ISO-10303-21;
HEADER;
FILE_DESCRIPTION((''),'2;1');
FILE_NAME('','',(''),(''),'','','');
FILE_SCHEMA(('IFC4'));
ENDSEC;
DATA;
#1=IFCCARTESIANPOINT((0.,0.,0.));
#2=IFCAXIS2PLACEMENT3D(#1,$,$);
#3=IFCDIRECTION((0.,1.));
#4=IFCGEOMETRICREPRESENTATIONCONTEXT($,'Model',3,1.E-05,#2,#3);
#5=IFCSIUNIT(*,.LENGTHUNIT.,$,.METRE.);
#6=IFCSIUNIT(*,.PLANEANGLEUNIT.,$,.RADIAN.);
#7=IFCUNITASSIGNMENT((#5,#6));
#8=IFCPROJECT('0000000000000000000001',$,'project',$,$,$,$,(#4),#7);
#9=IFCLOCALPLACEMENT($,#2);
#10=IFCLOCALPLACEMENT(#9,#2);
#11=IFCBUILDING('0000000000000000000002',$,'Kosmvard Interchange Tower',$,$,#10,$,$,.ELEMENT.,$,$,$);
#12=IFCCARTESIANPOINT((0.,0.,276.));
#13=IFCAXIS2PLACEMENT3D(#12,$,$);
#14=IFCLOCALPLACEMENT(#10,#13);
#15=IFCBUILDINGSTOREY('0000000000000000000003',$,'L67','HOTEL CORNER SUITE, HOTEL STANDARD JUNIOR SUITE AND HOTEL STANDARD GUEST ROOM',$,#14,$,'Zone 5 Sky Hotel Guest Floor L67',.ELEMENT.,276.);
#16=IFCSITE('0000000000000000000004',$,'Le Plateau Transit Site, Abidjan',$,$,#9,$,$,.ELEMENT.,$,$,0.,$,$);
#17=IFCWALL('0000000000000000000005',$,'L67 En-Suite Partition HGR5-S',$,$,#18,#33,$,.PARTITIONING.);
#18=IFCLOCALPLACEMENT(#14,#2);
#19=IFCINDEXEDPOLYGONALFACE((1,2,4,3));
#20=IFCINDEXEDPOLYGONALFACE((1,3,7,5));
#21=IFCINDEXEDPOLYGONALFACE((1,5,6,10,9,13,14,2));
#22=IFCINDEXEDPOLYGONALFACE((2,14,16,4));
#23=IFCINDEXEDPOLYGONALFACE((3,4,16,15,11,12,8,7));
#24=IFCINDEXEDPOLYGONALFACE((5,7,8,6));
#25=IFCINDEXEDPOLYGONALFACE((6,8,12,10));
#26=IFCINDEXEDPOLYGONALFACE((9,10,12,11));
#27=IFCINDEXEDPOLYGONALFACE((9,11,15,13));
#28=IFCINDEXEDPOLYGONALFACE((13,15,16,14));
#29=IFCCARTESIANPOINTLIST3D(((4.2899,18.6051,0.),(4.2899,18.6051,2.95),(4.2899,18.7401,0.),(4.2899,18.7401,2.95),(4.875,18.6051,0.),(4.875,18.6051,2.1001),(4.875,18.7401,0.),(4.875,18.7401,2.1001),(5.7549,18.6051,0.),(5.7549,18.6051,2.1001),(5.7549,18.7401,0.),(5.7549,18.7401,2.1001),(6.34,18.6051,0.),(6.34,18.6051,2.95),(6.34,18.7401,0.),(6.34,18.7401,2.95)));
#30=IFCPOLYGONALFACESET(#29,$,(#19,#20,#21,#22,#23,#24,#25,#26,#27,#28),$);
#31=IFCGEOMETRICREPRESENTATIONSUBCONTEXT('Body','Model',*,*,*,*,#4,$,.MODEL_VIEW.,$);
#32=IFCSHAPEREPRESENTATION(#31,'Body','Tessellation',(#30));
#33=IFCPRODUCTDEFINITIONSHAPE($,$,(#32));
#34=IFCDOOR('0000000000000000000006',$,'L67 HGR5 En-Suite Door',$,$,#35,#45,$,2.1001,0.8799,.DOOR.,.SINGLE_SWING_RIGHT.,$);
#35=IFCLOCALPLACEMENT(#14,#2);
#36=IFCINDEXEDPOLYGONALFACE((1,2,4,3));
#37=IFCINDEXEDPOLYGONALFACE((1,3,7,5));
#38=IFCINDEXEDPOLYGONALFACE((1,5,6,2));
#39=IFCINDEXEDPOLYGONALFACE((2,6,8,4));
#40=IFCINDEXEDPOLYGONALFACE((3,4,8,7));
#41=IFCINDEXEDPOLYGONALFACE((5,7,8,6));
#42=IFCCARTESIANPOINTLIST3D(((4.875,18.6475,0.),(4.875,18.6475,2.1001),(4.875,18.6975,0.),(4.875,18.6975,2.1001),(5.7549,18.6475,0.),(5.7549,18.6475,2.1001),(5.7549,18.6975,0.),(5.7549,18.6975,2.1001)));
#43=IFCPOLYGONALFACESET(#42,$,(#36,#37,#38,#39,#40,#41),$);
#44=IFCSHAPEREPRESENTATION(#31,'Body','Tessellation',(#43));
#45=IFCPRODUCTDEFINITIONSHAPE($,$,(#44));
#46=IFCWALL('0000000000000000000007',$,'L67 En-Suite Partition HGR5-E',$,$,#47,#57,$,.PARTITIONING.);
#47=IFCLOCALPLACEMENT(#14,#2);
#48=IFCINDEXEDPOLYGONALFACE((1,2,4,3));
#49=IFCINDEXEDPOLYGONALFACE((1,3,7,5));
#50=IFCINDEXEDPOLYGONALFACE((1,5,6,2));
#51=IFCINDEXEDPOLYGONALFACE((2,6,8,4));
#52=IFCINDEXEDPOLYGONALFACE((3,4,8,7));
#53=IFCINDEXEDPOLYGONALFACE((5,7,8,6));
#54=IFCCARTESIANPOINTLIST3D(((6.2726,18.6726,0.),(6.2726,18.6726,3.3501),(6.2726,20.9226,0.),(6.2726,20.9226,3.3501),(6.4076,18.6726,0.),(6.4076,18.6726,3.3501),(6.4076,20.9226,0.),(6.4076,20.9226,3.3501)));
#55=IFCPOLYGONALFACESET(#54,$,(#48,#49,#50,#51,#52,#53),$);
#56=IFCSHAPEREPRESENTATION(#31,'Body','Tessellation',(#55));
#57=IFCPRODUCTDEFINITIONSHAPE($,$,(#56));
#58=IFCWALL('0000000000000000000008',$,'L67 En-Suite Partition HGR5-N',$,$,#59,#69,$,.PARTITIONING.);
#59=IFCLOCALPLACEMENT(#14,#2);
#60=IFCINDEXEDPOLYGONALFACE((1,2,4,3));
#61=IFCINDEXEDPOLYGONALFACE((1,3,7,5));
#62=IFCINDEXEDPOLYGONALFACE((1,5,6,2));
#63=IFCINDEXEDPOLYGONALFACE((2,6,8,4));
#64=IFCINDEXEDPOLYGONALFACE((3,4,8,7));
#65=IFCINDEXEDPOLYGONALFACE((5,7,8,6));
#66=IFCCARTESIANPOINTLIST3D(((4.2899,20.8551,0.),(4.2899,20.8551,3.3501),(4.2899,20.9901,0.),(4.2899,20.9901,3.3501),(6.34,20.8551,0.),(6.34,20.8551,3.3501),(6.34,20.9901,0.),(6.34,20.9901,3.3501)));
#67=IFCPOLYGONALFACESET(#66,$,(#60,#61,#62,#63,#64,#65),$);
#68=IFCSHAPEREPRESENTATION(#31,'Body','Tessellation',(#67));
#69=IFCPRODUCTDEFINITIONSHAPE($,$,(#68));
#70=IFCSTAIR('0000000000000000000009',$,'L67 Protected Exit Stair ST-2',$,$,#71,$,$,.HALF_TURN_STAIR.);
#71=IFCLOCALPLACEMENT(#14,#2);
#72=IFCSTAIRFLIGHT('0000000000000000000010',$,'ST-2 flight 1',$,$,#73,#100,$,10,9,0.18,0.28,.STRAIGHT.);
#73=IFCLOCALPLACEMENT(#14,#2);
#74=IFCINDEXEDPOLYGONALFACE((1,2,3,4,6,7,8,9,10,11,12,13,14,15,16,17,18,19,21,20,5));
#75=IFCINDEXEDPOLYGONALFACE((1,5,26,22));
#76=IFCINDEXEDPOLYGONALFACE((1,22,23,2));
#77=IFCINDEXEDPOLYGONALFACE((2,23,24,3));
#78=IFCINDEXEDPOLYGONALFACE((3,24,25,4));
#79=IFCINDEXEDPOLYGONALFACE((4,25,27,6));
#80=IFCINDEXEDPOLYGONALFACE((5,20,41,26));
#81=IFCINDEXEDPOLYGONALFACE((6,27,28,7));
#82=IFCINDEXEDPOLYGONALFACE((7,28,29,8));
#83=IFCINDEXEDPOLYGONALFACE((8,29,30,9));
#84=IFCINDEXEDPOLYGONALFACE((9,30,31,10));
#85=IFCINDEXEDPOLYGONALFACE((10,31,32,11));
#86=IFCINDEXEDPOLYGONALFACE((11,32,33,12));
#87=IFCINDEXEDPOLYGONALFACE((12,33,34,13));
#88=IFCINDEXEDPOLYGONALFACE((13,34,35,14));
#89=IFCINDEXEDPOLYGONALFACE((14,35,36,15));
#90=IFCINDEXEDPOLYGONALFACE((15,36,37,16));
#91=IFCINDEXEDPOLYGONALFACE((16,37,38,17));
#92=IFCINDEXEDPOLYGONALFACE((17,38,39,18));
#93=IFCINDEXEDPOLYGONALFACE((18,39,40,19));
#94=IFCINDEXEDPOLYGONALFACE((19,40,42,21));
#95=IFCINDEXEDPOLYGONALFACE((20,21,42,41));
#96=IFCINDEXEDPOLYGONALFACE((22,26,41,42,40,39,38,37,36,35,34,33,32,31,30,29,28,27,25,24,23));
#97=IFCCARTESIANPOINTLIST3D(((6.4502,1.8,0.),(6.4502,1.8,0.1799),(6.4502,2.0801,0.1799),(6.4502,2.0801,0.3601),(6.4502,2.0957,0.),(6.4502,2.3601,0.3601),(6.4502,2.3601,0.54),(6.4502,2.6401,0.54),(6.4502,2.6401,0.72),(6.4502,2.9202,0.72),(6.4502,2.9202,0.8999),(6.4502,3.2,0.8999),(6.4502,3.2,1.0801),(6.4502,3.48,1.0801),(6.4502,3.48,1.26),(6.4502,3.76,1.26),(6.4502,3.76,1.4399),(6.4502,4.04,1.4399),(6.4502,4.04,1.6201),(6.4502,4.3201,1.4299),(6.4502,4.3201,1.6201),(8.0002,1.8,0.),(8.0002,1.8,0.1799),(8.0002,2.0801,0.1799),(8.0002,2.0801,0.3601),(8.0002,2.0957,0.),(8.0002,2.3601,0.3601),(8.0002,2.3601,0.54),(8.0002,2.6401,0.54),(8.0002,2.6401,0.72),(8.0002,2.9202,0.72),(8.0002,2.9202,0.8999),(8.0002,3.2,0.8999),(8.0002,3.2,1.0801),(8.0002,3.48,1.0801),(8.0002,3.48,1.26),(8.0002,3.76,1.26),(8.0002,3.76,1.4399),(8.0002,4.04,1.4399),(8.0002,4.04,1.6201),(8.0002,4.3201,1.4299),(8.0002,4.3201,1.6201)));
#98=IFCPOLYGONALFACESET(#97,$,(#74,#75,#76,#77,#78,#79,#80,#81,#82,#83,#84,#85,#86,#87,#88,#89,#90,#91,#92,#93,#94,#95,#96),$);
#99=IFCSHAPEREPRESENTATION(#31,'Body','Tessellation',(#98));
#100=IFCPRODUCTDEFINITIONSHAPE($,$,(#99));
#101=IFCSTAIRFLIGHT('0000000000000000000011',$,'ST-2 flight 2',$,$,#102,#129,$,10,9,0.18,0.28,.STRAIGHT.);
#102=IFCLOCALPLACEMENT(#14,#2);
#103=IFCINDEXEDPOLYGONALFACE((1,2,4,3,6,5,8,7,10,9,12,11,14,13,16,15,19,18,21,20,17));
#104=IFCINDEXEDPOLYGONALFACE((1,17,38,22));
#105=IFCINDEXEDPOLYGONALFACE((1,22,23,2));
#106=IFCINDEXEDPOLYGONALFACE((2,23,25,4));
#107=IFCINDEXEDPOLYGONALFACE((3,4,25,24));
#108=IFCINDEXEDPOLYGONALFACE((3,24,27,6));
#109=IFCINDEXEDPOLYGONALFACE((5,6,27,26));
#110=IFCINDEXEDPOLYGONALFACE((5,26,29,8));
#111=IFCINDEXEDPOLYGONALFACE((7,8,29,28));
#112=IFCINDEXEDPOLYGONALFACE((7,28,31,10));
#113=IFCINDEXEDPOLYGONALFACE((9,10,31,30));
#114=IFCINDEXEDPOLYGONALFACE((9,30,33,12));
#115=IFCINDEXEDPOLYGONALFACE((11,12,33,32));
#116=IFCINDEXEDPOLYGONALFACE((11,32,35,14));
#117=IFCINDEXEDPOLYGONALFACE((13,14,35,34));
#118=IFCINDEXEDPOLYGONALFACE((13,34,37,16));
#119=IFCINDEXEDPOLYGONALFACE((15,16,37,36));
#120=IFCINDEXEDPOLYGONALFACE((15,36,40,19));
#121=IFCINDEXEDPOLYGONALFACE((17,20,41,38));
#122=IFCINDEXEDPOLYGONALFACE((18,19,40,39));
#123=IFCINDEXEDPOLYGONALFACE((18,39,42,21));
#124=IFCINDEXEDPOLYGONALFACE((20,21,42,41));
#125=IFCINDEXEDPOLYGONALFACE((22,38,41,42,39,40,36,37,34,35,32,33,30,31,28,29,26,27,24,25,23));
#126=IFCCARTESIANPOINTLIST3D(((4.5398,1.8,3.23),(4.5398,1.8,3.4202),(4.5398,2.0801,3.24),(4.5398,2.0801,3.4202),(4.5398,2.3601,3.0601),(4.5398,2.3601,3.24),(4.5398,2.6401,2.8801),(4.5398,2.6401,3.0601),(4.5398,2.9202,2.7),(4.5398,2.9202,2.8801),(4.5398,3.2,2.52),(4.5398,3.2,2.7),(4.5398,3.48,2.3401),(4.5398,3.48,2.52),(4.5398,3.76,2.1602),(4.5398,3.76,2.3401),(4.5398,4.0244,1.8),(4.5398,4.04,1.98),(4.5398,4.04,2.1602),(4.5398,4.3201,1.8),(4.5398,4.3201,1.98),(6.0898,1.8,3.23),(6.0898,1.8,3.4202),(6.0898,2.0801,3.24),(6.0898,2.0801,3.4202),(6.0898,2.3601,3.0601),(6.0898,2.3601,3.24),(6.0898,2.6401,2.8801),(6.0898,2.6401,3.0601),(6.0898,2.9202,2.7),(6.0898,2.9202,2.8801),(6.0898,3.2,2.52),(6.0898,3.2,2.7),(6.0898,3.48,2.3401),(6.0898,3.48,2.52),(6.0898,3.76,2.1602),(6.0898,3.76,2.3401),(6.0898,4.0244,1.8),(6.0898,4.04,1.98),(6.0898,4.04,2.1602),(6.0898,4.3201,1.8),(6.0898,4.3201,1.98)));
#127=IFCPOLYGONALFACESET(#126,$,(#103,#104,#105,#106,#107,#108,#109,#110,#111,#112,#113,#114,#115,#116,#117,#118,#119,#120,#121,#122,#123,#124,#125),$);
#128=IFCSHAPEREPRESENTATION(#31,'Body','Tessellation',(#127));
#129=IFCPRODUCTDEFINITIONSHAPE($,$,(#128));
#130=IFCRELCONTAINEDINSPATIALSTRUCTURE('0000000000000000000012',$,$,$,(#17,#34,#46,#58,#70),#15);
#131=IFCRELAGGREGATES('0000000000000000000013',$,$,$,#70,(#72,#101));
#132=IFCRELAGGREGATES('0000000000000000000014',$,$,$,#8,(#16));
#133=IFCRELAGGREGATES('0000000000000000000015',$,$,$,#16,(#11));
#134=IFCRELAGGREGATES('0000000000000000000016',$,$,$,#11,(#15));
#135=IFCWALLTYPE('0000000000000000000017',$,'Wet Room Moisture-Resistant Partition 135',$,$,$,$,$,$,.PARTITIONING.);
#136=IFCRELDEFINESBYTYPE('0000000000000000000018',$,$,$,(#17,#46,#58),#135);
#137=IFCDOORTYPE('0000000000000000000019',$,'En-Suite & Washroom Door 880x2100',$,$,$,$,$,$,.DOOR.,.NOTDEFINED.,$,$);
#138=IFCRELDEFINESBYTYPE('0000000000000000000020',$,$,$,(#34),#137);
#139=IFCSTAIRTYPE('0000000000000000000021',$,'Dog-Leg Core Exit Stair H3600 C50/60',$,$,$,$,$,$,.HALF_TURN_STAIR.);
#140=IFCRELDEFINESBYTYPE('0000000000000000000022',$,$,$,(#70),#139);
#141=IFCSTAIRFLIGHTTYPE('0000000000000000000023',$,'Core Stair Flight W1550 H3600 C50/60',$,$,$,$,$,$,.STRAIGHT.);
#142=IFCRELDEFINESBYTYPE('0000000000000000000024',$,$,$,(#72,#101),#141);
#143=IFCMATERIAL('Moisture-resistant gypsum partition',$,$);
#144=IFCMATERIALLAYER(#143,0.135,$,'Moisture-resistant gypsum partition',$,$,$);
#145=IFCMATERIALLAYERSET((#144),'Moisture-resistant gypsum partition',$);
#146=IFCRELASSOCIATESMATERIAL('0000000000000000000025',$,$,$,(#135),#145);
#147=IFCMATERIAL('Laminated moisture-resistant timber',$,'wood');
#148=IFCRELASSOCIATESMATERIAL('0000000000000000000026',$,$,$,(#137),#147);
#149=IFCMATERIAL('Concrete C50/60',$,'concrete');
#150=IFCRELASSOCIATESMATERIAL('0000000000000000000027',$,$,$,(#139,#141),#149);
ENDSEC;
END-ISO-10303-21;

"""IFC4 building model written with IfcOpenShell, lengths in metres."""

from ifc_helpers import new_model, si_unit, direction, frame, frame_2d, origin, place, context, subcontext, project, spatial, polyline, rectangle, outline, extrude, source, transform, mapped, material, layer, layer_set, type_object, element, fill, aggregate, save


model = new_model("IFC4")

# Units and contexts
model_context = context("Model", 3, precision=1e-05, world=origin(), true_north=direction((0.0, 1.0)))
body_context = subcontext(model_context, "Body", "Model", "MODEL_VIEW")
ifc_project = project(units=[si_unit("LENGTHUNIT", "METRE"), si_unit("PLANEANGLEUNIT", "RADIAN")], contexts=[model_context])

# Site, building, storey
site_placement = place(None, origin())
site = spatial("IfcSite", under=ifc_project, at=site_placement, Name="Le Plateau Transit Site, Abidjan", CompositionType="ELEMENT", RefElevation=0.0)
building_placement = place(site_placement, origin())
building = spatial("IfcBuilding", under=site, at=building_placement, Name="Kosmvard Interchange Tower", CompositionType="ELEMENT")
storey_placement = place(building_placement, frame((0.0, 0.0, 276.0)))
storey = spatial("IfcBuildingStorey", under=building, at=storey_placement, Name="L67", Description="HOTEL CORNER SUITE, HOTEL STANDARD JUNIOR SUITE AND HOTEL STANDARD GUEST ROOM", LongName="Zone 5 Sky Hotel Guest Floor L67", CompositionType="ELEMENT", Elevation=276.0)

# Shared definitions
ifc_material_1 = material(Name="Concrete C50/60", Category="concrete")

# Shared definitions
ifc_material_2 = material(Name="Moisture-resistant gypsum partition")
ifc_layer_1 = layer(ifc_material_2, 0.135, Name="Moisture-resistant gypsum partition")
ifc_layer_set_1 = layer_set([ifc_layer_1], Name="Moisture-resistant gypsum partition")
wall_type_1 = type_object("IfcWallType", Name="Wet Room Moisture-Resistant Partition 135", PredefinedType="PARTITIONING", material=ifc_layer_set_1)

# Wall, opening, door
wall_1_placement = place(storey_placement, frame((4.29, 18.6726, 0.0), z_axis=(0.0, 0.0, 1.0), x_axis=(1.0, 0.0, 0.0)))
wall_1 = element("IfcWall", 1, at=wall_1_placement, inside=storey, type_object=wall_type_1, Name="L67 En-Suite Partition HGR5-S", PredefinedType="PARTITIONING", context=body_context, shape_type="SweptSolid", body=[
    extrude(rectangle(XDim=2.05, YDim=0.135, at=frame_2d((1.0249, 0.0))), origin(), (0.0, 0.0, 1.0), 2.95),
])
opening_placement = place(wall_1_placement, frame((0.585, 0.0, 0.0)))
opening = element("IfcOpeningElement", 2, at=opening_placement, cuts=wall_1, PredefinedType="OPENING", context=body_context, shape_type="SweptSolid", body=[
    extrude(rectangle(XDim=0.8799, YDim=2.1001, at=frame_2d((0.4399, 1.05))), frame((0.0, 0.0776, 0.0), z_axis=(0.0, -1.0, 0.0), x_axis=(1.0, 0.0, 0.0)), (0.0, 0.0, 1.0), 0.155),
])
ifc_material_3 = material(Name="Laminated moisture-resistant timber", Category="wood")
door_type = type_object("IfcDoorType", Name="En-Suite & Washroom Door 880x2100", OperationType="NOTDEFINED", PredefinedType="DOOR", material=ifc_material_3)
shared_shape_1 = source(origin(), body_context, "Body", "SweptSolid", [
    extrude(rectangle(XDim=0.8799, YDim=2.1001, at=frame_2d((0.4399, 1.05))), frame((0.0, 0.0249, 0.0), z_axis=(0.0, -1.0, 0.0), x_axis=(1.0, 0.0, 0.0)), (0.0, 0.0, 1.0), 0.05),
])
door_placement = place(opening_placement, origin())
door = element("IfcDoor", 3, at=door_placement, inside=storey, type_object=door_type, Name="L67 HGR5 En-Suite Door", OperationType="SINGLE_SWING_RIGHT", OverallHeight=2.1001, OverallWidth=0.8799, PredefinedType="DOOR", context=body_context, shape_type="MappedRepresentation", body=[
    mapped(shared_shape_1, transform((0.0, 0.0, 0.0), scale=1.0)),
])
fill(opening, door)

# Walls
wall_2_placement = place(storey_placement, frame((6.3401, 18.6726, 0.0), z_axis=(0.0, 0.0, 1.0), x_axis=(0.0, 1.0, 0.0)))
element("IfcWall", 4, at=wall_2_placement, inside=storey, type_object=wall_type_1, Name="L67 En-Suite Partition HGR5-E", PredefinedType="PARTITIONING", context=body_context, shape_type="SweptSolid", body=[
    extrude(rectangle(XDim=2.25, YDim=0.135, at=frame_2d((1.125, 0.0))), origin(), (0.0, 0.0, 1.0), 3.3501),
])
wall_3_placement = place(storey_placement, frame((4.29, 20.9226, 0.0), z_axis=(0.0, 0.0, 1.0), x_axis=(1.0, 0.0, 0.0)))
element("IfcWall", 5, at=wall_3_placement, inside=storey, type_object=wall_type_1, Name="L67 En-Suite Partition HGR5-N", PredefinedType="PARTITIONING", context=body_context, shape_type="SweptSolid", body=[
    extrude(rectangle(XDim=2.05, YDim=0.135, at=frame_2d((1.0249, 0.0))), origin(), (0.0, 0.0, 1.0), 3.3501),
])

# Stair, stair flights
stair_type = type_object("IfcStairType", Name="Dog-Leg Core Exit Stair H3600 C50/60", PredefinedType="HALF_TURN_STAIR", material=ifc_material_1)
stair_placement = place(storey_placement, origin())
stair = element("IfcStair", 6, at=stair_placement, inside=storey, type_object=stair_type, Name="L67 Protected Exit Stair ST-2", PredefinedType="HALF_TURN_STAIR")
stair_flight_type = type_object("IfcStairFlightType", Name="Core Stair Flight W1550 H3600 C50/60", PredefinedType="STRAIGHT", material=ifc_material_1)
shared_shape_2 = source(origin(), body_context, "Body", "SweptSolid", [
    extrude(outline(polyline([(0.0, 0.0), (0.0, 0.1799), (0.28, 0.1799), (0.28, 0.3601), (0.5601, 0.3601), (0.5601, 0.54), (0.8401, 0.54), (0.8401, 0.72), (1.1201, 0.72), (1.1201, 0.8999), (1.3999, 0.8999), (1.3999, 1.0801), (1.6799, 1.0801), (1.6799, 1.26), (1.96, 1.26), (1.96, 1.4399), (2.24, 1.4399), (2.24, 1.6201), (2.52, 1.6201), (2.52, 1.8), (2.52, 1.4299), (0.2957, 0.0), (0.0, 0.0)])), frame((0.0, 0.7749, 0.0), z_axis=(0.0, -1.0, 0.0), x_axis=(1.0, 0.0, 0.0)), (0.0, 0.0, 1.0), 1.55),
])
stair_flight_1_placement = place(storey_placement, frame((7.2251, 1.8, 0.0), z_axis=(0.0, 0.0, 1.0), x_axis=(0.0, 1.0, 0.0)))
stair_flight_1 = element("IfcStairFlight", 7, at=stair_flight_1_placement, type_object=stair_flight_type, Name="ST-2 flight 1", NumberOfRisers=10, NumberOfTreads=9, PredefinedType="STRAIGHT", RiserHeight=0.18, TreadLength=0.28, context=body_context, shape_type="MappedRepresentation", body=[
    mapped(shared_shape_2, transform((0.0, 0.0, 0.0), scale=1.0)),
])
stair_flight_2_placement = place(storey_placement, frame((5.3149, 4.3201, 1.8), z_axis=(0.0, 0.0, 1.0), x_axis=(0.0, -1.0, 0.0)))
stair_flight_2 = element("IfcStairFlight", 8, at=stair_flight_2_placement, type_object=stair_flight_type, Name="ST-2 flight 2", NumberOfRisers=10, NumberOfTreads=9, PredefinedType="STRAIGHT", RiserHeight=0.18, TreadLength=0.28, context=body_context, shape_type="MappedRepresentation", body=[
    mapped(shared_shape_2, transform((0.0, 0.0, 0.0), scale=1.0)),
])
aggregate(stair, [stair_flight_1, stair_flight_2])

save(model, "model.ifc")
